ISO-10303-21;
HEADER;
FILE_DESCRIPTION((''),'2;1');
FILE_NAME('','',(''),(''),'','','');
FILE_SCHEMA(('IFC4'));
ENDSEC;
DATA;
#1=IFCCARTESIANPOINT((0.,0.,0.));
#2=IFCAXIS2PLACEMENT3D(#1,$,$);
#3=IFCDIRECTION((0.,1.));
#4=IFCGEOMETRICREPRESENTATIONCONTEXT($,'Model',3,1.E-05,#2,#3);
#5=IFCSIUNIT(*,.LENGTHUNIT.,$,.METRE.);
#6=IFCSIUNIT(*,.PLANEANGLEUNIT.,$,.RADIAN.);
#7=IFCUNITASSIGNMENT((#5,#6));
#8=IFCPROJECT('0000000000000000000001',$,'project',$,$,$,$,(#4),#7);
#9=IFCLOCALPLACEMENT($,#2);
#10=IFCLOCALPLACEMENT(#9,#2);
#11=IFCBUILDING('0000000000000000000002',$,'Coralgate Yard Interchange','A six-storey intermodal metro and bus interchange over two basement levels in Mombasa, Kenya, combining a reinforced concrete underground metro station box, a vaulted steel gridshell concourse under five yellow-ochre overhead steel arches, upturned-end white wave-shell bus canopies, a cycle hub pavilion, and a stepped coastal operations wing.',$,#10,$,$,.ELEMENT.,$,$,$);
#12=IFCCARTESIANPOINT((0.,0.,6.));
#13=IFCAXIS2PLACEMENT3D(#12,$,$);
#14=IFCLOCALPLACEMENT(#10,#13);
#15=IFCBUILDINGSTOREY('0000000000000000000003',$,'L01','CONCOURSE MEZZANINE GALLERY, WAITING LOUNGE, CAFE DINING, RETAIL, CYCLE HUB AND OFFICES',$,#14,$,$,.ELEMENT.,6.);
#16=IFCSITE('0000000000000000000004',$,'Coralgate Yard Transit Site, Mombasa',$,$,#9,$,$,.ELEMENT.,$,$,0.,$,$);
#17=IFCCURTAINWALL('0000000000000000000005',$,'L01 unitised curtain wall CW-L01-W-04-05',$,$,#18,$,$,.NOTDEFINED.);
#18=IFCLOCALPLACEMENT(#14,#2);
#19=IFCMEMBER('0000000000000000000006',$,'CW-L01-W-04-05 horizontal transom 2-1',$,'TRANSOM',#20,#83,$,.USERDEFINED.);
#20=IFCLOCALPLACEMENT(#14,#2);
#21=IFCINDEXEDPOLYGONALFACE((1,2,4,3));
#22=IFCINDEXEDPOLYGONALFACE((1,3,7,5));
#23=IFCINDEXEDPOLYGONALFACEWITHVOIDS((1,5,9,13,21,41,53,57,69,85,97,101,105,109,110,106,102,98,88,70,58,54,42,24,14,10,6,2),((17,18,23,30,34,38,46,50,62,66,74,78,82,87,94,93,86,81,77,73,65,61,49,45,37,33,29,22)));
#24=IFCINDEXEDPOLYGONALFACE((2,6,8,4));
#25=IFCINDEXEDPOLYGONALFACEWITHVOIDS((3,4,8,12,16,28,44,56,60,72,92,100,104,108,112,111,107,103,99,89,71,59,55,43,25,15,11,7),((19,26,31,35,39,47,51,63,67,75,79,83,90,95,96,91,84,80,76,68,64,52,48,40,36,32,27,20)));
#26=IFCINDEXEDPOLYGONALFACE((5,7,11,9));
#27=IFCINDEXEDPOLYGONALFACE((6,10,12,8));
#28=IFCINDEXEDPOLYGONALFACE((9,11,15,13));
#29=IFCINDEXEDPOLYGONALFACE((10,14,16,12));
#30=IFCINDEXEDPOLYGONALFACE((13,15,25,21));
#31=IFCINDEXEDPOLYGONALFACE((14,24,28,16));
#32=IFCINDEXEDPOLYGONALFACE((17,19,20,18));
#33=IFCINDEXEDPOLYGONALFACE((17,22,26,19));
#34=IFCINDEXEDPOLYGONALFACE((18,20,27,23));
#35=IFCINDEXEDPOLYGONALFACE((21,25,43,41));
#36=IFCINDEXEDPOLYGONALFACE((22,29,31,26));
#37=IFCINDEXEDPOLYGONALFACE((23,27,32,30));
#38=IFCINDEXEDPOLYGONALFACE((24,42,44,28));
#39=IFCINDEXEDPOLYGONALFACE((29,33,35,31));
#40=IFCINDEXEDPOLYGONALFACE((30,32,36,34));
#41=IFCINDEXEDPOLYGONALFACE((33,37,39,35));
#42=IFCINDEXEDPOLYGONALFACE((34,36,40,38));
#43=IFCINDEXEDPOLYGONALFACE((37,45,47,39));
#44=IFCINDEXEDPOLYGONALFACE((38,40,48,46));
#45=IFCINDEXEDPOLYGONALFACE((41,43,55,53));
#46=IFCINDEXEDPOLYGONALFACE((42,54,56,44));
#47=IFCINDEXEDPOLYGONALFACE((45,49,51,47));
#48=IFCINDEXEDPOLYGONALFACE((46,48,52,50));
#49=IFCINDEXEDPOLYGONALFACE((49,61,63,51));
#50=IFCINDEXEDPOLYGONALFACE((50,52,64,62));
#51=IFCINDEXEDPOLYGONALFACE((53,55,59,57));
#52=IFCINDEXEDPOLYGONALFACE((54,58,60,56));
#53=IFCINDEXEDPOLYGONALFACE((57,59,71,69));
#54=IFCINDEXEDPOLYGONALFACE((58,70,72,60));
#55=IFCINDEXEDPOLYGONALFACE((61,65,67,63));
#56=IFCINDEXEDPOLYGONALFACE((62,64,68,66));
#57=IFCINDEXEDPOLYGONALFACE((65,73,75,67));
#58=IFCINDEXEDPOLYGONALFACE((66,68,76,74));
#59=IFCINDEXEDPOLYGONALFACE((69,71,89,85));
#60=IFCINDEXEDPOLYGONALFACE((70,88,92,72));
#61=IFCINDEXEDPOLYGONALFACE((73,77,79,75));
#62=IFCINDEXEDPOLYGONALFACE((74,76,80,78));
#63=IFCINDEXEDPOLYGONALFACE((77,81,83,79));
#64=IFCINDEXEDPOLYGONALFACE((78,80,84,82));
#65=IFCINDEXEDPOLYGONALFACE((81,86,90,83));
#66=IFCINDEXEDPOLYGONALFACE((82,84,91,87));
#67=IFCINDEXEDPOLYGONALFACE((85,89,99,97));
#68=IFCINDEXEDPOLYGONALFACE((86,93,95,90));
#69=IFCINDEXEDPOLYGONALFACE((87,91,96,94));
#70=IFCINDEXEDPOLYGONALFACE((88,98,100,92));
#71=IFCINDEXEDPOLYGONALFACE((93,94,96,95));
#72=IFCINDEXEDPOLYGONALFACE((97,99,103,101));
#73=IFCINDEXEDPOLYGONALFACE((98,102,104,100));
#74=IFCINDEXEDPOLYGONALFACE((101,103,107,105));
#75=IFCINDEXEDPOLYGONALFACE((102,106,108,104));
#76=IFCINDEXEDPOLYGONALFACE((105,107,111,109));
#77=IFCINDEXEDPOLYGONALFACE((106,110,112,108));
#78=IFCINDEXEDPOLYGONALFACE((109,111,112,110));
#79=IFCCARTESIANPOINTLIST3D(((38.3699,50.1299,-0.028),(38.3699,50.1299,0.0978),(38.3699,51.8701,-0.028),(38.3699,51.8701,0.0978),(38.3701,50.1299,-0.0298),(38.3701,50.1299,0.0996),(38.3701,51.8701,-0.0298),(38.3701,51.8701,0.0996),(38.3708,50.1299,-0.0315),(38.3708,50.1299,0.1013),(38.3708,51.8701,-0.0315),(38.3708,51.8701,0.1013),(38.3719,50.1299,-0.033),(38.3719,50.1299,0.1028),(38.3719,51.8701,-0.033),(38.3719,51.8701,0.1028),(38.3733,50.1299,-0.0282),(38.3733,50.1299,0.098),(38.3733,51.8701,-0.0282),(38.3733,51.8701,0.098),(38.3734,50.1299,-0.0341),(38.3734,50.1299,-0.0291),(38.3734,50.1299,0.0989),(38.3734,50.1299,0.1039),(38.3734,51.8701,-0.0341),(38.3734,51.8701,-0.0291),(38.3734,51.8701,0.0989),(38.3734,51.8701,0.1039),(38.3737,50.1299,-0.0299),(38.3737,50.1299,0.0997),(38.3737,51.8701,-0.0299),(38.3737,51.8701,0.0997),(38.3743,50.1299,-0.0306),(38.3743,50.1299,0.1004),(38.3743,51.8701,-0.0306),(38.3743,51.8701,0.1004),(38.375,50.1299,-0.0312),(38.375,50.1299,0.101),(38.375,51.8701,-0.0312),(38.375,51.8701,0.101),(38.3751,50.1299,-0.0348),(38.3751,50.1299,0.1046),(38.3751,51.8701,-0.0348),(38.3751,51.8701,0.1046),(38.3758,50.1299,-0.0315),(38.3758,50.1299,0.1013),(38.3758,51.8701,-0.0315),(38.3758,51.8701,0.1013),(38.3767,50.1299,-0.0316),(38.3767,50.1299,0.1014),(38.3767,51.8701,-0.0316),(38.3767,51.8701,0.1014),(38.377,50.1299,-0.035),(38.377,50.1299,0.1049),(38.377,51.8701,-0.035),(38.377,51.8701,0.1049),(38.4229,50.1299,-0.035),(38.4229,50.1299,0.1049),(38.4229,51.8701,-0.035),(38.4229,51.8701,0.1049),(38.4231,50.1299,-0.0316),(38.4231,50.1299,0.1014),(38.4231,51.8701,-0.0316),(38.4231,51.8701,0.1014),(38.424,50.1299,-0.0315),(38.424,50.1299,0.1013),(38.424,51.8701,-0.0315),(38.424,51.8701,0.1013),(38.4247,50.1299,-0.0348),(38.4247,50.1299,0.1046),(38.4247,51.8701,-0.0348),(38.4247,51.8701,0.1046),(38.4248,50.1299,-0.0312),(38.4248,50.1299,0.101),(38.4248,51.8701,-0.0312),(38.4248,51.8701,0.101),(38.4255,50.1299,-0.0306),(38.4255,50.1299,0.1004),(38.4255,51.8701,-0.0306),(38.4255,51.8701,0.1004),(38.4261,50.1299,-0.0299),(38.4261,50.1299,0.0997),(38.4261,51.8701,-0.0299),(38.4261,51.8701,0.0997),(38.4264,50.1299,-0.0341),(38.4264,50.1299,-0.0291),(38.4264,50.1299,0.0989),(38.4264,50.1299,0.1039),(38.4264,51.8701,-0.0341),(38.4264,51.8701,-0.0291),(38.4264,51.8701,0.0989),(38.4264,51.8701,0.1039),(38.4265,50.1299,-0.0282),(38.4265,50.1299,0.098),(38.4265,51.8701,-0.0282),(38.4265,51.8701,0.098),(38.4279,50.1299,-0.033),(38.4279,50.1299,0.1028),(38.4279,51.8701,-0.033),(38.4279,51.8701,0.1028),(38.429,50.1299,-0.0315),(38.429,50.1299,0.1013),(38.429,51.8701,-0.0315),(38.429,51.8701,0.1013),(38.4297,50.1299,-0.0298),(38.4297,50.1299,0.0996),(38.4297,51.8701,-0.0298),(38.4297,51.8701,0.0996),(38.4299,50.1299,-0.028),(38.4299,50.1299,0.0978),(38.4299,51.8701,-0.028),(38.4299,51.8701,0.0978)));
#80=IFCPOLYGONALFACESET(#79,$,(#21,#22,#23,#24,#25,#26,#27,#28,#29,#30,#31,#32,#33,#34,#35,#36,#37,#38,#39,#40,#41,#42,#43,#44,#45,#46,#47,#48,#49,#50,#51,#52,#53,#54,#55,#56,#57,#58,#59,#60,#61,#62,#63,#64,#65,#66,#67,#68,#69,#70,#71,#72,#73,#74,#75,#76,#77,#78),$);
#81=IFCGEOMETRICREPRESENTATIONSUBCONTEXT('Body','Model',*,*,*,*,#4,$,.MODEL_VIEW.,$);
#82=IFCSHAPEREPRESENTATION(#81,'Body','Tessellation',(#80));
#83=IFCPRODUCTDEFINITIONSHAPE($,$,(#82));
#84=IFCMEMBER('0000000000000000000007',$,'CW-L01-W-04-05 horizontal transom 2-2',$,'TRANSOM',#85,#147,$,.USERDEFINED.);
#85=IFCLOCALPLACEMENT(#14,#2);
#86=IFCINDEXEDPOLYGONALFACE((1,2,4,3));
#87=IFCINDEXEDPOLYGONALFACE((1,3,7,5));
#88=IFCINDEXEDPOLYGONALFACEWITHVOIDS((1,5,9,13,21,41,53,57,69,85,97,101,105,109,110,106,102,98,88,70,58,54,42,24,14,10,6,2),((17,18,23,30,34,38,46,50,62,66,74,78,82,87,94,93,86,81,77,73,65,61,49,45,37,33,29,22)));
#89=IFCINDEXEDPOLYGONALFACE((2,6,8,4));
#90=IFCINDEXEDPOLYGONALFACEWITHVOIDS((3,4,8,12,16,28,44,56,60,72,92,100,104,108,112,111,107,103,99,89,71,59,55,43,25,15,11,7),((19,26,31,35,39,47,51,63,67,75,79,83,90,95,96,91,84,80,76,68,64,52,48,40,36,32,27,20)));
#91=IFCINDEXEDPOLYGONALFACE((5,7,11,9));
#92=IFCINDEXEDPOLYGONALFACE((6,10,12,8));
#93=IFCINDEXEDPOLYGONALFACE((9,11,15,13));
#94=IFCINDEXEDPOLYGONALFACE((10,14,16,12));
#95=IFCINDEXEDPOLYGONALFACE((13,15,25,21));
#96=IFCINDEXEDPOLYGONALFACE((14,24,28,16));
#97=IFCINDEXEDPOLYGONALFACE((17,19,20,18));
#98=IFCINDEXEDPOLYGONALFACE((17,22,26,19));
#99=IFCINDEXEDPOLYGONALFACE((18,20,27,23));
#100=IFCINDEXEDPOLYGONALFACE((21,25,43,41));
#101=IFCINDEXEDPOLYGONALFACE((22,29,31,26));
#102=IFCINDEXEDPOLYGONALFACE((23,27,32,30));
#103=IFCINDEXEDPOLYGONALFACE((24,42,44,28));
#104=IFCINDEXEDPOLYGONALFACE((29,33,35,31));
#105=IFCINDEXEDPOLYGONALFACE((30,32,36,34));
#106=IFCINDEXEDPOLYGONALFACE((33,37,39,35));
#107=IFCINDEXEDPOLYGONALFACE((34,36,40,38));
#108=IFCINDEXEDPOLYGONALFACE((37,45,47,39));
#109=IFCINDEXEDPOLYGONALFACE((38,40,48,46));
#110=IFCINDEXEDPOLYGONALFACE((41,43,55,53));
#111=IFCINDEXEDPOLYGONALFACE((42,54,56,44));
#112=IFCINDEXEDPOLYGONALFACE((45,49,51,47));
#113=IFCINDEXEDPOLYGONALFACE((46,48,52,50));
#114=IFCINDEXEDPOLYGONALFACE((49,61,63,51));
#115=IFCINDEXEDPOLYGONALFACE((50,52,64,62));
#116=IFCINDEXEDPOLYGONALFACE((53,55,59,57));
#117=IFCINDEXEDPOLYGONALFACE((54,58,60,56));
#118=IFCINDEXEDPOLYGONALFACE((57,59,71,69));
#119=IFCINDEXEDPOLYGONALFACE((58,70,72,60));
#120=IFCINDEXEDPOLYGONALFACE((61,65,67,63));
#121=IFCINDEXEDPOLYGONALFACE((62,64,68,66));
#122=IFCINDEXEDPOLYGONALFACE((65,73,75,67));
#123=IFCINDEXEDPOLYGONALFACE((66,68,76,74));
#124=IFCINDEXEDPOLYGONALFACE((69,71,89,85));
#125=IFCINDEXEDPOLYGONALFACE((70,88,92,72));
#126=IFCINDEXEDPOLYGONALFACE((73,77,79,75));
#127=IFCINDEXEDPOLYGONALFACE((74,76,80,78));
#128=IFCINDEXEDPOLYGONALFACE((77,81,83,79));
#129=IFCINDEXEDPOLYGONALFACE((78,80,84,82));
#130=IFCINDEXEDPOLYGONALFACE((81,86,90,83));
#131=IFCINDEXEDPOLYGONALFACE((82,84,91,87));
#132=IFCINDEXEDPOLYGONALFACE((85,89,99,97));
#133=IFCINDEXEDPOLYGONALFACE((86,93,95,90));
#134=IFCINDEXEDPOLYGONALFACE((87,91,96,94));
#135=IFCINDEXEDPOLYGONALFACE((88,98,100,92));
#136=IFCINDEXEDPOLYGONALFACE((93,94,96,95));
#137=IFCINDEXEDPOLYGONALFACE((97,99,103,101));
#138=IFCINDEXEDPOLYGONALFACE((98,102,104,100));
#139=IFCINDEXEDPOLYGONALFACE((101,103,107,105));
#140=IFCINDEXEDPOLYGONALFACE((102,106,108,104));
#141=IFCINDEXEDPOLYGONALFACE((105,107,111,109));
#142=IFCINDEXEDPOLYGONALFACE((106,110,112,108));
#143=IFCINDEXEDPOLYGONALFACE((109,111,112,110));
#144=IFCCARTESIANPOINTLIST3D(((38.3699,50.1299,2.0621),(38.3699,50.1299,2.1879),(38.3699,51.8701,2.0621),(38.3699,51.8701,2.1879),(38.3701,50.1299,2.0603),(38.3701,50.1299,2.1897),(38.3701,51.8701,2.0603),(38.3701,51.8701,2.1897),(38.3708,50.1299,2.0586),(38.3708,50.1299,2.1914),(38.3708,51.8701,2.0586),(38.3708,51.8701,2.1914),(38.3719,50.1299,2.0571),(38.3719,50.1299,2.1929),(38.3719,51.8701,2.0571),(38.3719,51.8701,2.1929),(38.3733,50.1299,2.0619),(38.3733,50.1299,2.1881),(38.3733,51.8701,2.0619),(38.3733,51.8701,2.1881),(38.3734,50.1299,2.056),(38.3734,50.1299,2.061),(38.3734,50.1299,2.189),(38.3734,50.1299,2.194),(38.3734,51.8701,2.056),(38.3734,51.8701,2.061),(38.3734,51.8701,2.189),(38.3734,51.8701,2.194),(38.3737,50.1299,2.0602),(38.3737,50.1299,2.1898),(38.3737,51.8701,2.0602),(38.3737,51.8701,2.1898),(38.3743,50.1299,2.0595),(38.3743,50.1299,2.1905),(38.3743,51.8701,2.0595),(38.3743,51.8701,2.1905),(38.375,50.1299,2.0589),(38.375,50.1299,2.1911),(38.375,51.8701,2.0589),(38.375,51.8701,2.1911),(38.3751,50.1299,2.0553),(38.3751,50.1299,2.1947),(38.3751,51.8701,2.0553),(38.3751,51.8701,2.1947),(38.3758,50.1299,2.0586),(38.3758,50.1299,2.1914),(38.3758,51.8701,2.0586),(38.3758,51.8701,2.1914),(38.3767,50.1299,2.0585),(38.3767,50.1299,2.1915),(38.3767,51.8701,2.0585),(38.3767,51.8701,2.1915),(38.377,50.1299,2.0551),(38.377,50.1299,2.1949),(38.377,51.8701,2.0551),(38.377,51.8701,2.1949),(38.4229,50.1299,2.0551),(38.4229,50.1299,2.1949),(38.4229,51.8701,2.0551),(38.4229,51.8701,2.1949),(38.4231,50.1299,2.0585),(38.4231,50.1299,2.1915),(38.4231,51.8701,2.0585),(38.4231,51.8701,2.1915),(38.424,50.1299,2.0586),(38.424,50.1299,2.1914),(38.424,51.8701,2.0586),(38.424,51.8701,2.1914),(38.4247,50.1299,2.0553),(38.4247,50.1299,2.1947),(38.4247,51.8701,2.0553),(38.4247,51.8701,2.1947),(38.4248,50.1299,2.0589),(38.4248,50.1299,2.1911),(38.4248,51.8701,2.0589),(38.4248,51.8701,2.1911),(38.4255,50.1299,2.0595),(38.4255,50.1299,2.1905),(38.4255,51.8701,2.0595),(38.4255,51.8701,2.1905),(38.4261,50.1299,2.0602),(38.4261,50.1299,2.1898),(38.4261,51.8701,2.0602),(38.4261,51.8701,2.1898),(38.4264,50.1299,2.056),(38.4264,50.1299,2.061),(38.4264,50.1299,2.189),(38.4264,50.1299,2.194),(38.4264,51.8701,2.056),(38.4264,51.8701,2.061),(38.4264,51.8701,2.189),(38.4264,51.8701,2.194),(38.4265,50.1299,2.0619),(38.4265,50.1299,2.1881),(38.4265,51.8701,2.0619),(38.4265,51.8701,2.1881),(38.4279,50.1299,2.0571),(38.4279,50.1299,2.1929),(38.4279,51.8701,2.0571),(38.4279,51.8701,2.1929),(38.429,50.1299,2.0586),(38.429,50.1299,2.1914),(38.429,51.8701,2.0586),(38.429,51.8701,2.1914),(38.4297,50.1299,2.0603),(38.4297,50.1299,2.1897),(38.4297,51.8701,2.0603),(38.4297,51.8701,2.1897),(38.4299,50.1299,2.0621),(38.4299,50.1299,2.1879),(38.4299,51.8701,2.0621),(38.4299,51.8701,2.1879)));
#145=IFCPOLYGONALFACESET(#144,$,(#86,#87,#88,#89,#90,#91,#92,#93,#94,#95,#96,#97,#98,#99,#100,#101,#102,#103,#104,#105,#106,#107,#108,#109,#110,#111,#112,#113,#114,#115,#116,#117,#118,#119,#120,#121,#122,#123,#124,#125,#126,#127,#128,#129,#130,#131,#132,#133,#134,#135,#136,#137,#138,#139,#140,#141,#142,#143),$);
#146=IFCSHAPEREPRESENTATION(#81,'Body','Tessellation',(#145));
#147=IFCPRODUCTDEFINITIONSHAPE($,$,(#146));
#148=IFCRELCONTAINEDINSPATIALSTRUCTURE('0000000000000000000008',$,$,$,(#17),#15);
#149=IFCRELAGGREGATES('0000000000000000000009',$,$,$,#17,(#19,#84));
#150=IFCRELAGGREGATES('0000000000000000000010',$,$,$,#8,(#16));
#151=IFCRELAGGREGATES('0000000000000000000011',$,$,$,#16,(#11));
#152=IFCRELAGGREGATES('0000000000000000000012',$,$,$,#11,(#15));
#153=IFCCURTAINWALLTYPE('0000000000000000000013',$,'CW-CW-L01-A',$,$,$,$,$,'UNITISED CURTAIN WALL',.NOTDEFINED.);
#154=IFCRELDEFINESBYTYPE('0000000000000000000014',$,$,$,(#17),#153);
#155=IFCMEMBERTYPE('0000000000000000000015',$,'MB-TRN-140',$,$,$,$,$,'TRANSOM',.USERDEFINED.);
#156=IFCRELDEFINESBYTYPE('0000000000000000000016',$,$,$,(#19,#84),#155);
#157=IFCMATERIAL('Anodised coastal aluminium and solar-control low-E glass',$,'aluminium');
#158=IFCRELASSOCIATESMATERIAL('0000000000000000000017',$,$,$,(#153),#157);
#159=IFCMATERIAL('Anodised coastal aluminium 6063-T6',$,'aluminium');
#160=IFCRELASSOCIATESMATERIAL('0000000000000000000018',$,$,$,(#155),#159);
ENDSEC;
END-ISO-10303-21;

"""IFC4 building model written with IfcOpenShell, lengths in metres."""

from ifc_helpers import new_model, si_unit, direction, frame, origin, origin_2d, place, context, subcontext, project, spatial, hollow_rectangle, extrude, material, material_profile, profile_set, type_object, element, aggregate, save


model = new_model("IFC4")

# Units and contexts
model_context = context("Model", 3, precision=1e-05, world=origin(), true_north=direction((0.0, 1.0)))
body_context = subcontext(model_context, "Body", "Model", "MODEL_VIEW")
ifc_project = project(units=[si_unit("LENGTHUNIT", "METRE"), si_unit("PLANEANGLEUNIT", "RADIAN")], contexts=[model_context])

# Site, building, storey
site_placement = place(None, origin())
site = spatial("IfcSite", under=ifc_project, at=site_placement, Name="Coralgate Yard Transit Site, Mombasa", CompositionType="ELEMENT", RefElevation=0.0)
building_placement = place(site_placement, origin())
building = spatial("IfcBuilding", under=site, at=building_placement, Name="Coralgate Yard Interchange", Description="A six-storey intermodal metro and bus interchange over two basement levels in Mombasa, Kenya, combining a reinforced concrete underground metro station box, a vaulted steel gridshell concourse under five yellow-ochre overhead steel arches, upturned-end white wave-shell bus canopies, a cycle hub pavilion, and a stepped coastal operations wing.", CompositionType="ELEMENT")
storey_placement = place(building_placement, frame((0.0, 0.0, 6.0)))
storey = spatial("IfcBuildingStorey", under=building, at=storey_placement, Name="L01", Description="CONCOURSE MEZZANINE GALLERY, WAITING LOUNGE, CAFE DINING, RETAIL, CYCLE HUB AND OFFICES", CompositionType="ELEMENT", Elevation=6.0)

# Curtain wall
ifc_material_1 = material(Name="Anodised coastal aluminium and solar-control low-E glass", Category="aluminium")
curtain_wall_type = type_object("IfcCurtainWallType", Name="CW-CW-L01-A", ElementType="UNITISED CURTAIN WALL", PredefinedType="NOTDEFINED", material=ifc_material_1)
ifc_material_2 = material(Name="Anodised coastal aluminium 6063-T6", Category="aluminium")
curtain_wall_1_placement = place(storey_placement, origin())
curtain_wall_1 = element("IfcCurtainWall", 1, at=curtain_wall_1_placement, inside=storey, type_object=curtain_wall_type, Name="L01 unitised curtain wall CW-L01-W-04-05", PredefinedType="NOTDEFINED")

# Members
ifc_material_profile_1 = material_profile(ifc_material_2, hollow_rectangle(XDim=0.0601, YDim=0.1399, WallThickness=0.0034, InnerFilletRadius=0.0034, OuterFilletRadius=0.0071, at=origin_2d()), Name="ALU 60x140x3.5")
ifc_profile_set_1 = profile_set([ifc_material_profile_1], Name="Anodised coastal aluminium 6063-T6")
member_type_1 = type_object("IfcMemberType", Name="MB-TRN-140", ElementType="TRANSOM", PredefinedType="USERDEFINED", material=ifc_profile_set_1)
member_1_placement = place(storey_placement, frame((38.3999, 50.1299, 0.0349), z_axis=(0.0, 1.0, 0.0), x_axis=(-1.0, 0.0, 0.0)))
member_1 = element("IfcMember", 2, at=member_1_placement, type_object=member_type_1, Name="CW-L01-W-04-05 horizontal transom 2-1", ObjectType="TRANSOM", PredefinedType="USERDEFINED", context=body_context, shape_type="SweptSolid", body=[
    extrude(hollow_rectangle(XDim=0.0601, YDim=0.1399, WallThickness=0.0034, InnerFilletRadius=0.0034, OuterFilletRadius=0.0071, at=origin_2d()), origin(), (0.0, 0.0, 1.0), 1.7402),
])
member_2_placement = place(storey_placement, frame((38.3999, 50.1299, 2.125), z_axis=(0.0, 1.0, 0.0), x_axis=(-1.0, 0.0, 0.0)))
member_2 = element("IfcMember", 3, at=member_2_placement, type_object=member_type_1, Name="CW-L01-W-04-05 horizontal transom 2-2", ObjectType="TRANSOM", PredefinedType="USERDEFINED", context=body_context, shape_type="SweptSolid", body=[
    extrude(hollow_rectangle(XDim=0.0601, YDim=0.1399, WallThickness=0.0034, InnerFilletRadius=0.0034, OuterFilletRadius=0.0071, at=origin_2d()), origin(), (0.0, 0.0, 1.0), 1.7402),
])

aggregate(curtain_wall_1, [member_1, member_2])

save(model, "model.ifc")
